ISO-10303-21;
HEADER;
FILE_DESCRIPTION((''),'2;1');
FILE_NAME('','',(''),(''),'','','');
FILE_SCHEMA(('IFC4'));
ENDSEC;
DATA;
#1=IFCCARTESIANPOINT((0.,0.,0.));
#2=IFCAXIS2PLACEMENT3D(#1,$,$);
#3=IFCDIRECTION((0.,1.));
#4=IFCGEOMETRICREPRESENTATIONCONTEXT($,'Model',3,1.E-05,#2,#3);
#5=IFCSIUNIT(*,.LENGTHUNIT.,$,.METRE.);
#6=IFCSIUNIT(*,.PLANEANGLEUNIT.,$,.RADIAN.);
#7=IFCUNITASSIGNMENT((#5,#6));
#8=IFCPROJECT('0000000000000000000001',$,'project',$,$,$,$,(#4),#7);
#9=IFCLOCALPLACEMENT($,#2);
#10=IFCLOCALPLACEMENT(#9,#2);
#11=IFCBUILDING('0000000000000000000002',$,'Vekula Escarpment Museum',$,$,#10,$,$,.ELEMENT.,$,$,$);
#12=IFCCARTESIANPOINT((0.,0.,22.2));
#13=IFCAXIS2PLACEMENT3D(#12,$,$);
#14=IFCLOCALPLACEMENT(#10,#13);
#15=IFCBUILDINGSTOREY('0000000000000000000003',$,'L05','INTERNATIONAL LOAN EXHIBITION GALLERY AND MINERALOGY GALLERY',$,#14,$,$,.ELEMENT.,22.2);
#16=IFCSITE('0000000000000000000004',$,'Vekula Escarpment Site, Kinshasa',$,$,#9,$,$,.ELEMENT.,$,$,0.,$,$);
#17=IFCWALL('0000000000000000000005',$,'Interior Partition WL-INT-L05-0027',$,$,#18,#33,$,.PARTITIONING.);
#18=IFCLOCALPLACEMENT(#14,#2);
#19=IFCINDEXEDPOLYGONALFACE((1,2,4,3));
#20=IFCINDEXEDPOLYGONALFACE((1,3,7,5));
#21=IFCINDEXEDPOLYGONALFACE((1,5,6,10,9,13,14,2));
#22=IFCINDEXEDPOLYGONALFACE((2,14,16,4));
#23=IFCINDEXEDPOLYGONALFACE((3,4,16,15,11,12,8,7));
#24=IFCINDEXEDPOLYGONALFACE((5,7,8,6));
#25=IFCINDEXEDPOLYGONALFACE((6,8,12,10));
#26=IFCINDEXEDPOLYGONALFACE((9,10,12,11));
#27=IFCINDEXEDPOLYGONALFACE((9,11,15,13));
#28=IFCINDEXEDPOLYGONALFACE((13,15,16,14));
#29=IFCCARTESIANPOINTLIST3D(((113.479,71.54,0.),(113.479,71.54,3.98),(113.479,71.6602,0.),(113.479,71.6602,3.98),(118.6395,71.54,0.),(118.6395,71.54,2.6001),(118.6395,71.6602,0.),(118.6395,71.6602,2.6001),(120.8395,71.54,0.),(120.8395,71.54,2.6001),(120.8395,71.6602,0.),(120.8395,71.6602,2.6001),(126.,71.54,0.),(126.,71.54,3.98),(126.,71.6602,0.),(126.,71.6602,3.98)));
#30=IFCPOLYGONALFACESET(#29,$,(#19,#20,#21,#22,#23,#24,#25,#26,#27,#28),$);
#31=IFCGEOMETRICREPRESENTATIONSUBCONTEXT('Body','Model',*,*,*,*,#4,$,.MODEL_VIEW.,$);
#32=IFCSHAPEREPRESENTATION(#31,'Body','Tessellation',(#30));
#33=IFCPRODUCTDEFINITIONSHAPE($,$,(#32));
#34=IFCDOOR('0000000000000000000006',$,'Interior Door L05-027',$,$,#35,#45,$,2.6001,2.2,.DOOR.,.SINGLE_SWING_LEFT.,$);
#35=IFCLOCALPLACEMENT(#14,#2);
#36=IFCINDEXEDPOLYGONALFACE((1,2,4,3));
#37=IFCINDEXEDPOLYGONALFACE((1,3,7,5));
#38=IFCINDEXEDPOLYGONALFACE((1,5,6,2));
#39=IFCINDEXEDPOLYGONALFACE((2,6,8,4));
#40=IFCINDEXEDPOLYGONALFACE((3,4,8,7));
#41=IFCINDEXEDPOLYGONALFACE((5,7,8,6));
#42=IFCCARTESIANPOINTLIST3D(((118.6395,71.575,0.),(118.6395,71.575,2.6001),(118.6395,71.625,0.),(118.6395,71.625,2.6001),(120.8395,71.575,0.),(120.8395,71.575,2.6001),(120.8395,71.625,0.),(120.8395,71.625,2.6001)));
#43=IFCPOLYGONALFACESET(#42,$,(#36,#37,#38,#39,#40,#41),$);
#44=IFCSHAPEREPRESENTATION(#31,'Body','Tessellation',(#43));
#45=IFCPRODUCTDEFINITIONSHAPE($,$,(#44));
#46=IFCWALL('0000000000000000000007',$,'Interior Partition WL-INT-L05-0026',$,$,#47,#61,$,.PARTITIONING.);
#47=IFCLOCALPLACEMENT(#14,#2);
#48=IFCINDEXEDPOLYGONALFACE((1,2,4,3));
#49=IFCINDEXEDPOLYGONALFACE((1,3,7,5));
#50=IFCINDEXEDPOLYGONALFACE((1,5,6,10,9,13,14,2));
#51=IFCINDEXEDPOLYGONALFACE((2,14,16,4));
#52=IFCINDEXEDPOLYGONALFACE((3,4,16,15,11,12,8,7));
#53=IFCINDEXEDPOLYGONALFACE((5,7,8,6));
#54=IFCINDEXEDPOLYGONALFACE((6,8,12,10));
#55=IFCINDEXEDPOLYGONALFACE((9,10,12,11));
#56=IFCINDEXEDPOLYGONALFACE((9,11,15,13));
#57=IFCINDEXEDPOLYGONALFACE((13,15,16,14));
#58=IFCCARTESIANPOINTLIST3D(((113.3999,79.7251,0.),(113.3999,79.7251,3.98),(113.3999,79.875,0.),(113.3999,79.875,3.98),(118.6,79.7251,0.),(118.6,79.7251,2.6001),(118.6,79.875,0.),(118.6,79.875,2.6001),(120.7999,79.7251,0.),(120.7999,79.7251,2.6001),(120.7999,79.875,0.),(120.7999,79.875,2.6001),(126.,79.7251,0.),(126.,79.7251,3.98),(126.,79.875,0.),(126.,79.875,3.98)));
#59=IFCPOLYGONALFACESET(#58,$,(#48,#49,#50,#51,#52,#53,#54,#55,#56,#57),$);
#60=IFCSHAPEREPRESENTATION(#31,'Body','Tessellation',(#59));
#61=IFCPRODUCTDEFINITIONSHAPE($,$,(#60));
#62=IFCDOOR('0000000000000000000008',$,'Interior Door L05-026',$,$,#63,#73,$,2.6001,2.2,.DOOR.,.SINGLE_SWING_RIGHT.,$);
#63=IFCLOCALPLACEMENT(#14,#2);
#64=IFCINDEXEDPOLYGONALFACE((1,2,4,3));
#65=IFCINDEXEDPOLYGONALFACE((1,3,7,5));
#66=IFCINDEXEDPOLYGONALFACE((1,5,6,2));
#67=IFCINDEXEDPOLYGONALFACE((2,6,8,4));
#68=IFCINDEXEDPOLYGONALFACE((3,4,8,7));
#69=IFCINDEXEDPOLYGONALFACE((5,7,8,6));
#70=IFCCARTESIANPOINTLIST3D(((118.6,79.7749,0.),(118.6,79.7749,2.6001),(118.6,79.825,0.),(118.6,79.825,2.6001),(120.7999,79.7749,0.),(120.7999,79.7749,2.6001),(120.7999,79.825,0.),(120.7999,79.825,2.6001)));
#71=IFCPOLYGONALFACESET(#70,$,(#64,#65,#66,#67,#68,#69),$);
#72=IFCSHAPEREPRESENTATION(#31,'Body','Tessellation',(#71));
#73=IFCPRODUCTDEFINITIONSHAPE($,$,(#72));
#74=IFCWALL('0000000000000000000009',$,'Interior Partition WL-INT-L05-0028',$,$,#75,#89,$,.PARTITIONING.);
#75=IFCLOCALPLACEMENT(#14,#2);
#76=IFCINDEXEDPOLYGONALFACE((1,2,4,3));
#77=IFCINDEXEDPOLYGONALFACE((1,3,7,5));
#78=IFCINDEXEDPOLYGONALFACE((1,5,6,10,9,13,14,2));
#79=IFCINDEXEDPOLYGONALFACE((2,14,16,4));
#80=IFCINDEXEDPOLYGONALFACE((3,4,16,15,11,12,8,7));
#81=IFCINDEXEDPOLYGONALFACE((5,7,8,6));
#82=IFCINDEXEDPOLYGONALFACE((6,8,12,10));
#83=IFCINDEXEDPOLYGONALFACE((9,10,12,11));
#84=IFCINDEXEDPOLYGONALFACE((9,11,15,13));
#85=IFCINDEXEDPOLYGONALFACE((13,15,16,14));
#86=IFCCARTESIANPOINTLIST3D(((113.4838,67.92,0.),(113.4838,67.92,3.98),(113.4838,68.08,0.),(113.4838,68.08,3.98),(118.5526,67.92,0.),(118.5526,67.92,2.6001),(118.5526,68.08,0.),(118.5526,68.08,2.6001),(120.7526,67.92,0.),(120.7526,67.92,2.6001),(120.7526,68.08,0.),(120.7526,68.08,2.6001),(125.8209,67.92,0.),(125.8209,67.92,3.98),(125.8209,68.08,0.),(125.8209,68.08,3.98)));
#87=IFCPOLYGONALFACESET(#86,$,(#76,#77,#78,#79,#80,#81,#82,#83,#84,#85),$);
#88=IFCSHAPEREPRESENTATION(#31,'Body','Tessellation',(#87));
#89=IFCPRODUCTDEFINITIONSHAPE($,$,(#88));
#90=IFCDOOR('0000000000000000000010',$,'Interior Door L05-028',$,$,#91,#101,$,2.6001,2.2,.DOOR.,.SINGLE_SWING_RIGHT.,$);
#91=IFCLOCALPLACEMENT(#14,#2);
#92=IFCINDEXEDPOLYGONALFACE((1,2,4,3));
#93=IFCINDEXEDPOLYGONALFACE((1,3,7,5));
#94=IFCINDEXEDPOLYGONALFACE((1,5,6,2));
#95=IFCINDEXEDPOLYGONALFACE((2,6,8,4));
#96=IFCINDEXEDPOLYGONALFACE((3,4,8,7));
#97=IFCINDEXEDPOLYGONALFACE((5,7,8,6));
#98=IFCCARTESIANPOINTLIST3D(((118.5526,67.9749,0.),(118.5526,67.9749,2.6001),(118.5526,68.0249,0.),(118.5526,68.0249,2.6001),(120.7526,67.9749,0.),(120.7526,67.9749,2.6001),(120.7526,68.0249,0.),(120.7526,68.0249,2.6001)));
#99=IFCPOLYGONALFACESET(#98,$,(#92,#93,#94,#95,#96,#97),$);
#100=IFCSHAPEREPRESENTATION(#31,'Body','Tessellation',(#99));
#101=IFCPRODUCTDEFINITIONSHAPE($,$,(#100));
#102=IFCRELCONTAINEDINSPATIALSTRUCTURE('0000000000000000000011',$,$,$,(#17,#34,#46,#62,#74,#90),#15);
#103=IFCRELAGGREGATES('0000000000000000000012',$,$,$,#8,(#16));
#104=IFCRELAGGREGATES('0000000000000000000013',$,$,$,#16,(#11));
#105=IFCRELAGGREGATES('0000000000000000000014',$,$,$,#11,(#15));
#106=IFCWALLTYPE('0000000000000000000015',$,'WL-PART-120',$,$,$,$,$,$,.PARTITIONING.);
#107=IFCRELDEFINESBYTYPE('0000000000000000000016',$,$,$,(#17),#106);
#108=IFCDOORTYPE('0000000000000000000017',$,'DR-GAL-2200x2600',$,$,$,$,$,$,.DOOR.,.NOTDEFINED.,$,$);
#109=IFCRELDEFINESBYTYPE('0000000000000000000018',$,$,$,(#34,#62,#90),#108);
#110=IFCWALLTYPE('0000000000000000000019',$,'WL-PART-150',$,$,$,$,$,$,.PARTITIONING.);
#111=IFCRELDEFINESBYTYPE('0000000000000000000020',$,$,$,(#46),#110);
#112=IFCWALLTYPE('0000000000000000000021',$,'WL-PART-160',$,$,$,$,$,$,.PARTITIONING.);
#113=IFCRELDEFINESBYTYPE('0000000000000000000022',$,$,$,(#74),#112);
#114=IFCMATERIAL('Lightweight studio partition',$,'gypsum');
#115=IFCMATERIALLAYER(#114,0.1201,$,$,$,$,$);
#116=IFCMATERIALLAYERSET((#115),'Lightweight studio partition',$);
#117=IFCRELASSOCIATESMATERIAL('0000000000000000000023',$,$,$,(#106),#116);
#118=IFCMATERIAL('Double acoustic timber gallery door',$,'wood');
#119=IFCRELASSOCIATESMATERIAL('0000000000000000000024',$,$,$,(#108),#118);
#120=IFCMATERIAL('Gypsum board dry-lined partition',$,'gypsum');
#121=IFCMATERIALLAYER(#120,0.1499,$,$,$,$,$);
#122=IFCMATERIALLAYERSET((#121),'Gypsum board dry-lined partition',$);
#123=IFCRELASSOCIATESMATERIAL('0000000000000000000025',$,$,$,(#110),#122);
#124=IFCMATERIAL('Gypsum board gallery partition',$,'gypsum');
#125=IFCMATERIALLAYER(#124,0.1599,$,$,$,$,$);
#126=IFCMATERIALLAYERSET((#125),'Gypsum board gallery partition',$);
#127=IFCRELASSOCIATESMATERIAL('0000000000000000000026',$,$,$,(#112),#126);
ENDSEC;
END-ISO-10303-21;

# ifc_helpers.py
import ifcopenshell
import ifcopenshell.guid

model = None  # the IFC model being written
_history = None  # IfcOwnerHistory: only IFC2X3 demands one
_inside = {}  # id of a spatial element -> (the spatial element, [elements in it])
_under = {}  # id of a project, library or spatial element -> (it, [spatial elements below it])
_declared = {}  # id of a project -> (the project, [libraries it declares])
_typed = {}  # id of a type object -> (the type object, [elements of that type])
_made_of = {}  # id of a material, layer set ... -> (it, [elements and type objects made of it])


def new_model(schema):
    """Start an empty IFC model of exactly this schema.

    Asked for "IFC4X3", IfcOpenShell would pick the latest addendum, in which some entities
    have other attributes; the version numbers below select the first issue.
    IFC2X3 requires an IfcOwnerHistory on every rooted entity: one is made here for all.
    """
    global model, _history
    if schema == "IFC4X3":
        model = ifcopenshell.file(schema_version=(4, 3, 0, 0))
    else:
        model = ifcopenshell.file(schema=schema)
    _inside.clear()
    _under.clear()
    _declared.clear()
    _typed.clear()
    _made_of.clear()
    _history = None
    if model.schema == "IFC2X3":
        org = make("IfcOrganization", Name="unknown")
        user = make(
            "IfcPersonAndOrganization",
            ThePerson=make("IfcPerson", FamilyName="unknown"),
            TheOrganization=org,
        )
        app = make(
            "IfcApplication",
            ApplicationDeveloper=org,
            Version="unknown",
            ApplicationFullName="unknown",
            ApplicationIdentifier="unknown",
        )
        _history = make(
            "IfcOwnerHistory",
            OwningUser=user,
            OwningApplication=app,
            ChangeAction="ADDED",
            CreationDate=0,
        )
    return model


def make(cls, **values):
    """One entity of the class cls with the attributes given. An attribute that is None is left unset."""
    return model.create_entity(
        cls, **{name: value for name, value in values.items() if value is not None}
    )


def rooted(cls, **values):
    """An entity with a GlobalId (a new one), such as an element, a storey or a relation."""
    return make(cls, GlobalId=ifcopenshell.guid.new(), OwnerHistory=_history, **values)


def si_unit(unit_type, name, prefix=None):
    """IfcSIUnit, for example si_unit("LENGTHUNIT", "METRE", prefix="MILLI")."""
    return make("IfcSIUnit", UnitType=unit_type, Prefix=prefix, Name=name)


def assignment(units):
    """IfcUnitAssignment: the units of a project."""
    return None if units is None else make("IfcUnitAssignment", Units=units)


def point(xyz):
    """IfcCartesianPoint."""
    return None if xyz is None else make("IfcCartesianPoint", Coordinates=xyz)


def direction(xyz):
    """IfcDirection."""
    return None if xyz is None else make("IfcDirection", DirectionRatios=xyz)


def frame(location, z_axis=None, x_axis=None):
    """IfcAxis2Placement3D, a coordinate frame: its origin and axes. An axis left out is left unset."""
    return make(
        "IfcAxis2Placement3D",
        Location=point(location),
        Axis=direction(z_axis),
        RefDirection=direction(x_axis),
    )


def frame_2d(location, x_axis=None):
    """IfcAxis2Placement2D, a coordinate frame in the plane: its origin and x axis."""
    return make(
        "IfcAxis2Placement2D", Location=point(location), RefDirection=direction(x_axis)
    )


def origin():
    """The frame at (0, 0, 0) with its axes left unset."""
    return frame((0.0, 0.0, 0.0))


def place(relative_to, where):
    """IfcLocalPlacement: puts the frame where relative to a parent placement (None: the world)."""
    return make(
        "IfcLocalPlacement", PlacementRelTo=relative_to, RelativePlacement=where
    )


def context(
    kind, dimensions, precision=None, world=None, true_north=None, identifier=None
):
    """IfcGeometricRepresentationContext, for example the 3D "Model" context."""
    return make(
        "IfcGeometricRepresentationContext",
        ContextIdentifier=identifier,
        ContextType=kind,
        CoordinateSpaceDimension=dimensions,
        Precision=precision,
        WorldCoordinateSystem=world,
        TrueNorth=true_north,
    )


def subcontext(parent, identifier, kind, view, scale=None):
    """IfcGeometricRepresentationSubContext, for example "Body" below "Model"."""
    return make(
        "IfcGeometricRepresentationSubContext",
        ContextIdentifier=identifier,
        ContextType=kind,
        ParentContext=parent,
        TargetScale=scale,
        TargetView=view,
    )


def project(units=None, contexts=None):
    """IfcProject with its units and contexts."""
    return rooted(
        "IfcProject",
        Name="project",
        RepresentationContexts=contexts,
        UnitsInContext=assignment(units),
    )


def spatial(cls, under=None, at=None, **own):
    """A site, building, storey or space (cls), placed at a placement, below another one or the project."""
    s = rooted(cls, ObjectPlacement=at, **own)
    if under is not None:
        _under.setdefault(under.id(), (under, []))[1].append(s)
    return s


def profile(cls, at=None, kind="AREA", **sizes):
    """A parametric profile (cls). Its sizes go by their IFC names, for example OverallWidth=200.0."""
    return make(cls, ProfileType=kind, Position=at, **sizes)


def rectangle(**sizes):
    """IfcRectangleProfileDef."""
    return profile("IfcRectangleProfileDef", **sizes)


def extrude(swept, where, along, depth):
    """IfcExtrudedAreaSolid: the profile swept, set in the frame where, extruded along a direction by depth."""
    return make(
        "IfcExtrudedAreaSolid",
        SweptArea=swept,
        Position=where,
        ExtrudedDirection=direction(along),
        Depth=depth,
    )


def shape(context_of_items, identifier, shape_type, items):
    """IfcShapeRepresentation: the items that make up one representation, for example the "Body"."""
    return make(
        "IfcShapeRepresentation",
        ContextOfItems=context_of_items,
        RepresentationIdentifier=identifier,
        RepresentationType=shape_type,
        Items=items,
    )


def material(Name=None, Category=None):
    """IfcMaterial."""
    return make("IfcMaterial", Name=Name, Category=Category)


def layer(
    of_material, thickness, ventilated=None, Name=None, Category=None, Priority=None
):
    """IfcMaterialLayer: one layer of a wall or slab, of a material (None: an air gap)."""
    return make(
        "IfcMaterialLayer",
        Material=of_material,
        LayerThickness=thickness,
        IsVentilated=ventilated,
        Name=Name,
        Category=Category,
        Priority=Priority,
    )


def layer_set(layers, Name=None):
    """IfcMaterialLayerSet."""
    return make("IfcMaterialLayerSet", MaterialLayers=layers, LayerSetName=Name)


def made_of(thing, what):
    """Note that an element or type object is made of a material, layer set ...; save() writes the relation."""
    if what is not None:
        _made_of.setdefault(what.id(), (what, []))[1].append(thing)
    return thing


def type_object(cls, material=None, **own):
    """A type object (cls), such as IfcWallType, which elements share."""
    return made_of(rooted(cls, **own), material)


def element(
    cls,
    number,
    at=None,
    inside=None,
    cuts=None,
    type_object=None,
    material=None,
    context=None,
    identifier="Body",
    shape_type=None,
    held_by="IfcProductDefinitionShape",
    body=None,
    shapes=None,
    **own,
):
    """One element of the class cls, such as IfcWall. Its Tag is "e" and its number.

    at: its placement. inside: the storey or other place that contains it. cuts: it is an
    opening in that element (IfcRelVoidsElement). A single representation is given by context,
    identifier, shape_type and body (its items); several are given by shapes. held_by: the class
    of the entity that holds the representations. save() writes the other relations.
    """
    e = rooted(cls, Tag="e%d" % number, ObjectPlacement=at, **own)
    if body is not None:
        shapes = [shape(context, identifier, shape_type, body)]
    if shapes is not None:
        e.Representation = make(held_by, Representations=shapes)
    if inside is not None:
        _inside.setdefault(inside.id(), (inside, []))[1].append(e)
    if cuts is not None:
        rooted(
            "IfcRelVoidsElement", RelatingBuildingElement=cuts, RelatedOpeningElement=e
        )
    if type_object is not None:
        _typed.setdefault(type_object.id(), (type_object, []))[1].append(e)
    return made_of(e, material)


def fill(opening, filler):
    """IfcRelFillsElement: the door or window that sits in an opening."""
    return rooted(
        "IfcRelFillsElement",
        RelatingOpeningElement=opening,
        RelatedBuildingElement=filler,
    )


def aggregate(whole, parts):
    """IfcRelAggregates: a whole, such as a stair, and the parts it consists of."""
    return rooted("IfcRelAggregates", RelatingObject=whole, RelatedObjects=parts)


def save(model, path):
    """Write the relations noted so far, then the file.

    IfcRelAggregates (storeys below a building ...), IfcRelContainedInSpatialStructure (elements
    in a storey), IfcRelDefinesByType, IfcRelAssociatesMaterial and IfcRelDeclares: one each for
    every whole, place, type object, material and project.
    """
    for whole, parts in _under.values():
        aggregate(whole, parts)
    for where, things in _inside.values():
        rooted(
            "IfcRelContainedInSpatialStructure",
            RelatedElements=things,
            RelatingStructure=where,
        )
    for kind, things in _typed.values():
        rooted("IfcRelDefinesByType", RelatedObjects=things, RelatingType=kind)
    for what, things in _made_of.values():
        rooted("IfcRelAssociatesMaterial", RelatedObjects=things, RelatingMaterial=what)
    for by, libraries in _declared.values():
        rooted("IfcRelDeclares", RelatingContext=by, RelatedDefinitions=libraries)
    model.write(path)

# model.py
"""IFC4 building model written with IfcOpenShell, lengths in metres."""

from ifc_helpers import new_model, si_unit, direction, frame, frame_2d, origin, place, context, subcontext, project, spatial, rectangle, extrude, material, layer, layer_set, type_object, element, fill, save


model = new_model("IFC4")

# Units and contexts
model_context = context("Model", 3, precision=1e-05, world=origin(), true_north=direction((0.0, 1.0)))
body_context = subcontext(model_context, "Body", "Model", "MODEL_VIEW")
ifc_project = project(units=[si_unit("LENGTHUNIT", "METRE"), si_unit("PLANEANGLEUNIT", "RADIAN")], contexts=[model_context])

# Site, building, storey
site_placement = place(None, origin())
site = spatial("IfcSite", under=ifc_project, at=site_placement, Name="Vekula Escarpment Site, Kinshasa", CompositionType="ELEMENT", RefElevation=0.0)
building_placement = place(site_placement, origin())
building = spatial("IfcBuilding", under=site, at=building_placement, Name="Vekula Escarpment Museum", CompositionType="ELEMENT")
storey_placement = place(building_placement, frame((0.0, 0.0, 22.2)))
storey = spatial("IfcBuildingStorey", under=building, at=storey_placement, Name="L05", Description="INTERNATIONAL LOAN EXHIBITION GALLERY AND MINERALOGY GALLERY", CompositionType="ELEMENT", Elevation=22.2)

# Walls, openings, doors
ifc_material_1 = material(Name="Lightweight studio partition", Category="gypsum")
ifc_layer_1 = layer(ifc_material_1, 0.1201)
ifc_layer_set_1 = layer_set([ifc_layer_1], Name="Lightweight studio partition")
wall_type_1 = type_object("IfcWallType", Name="WL-PART-120", PredefinedType="PARTITIONING", material=ifc_layer_set_1)
wall_1_placement = place(storey_placement, frame((113.479, 71.6001, 0.0), z_axis=(0.0, 0.0, 1.0), x_axis=(1.0, 0.0, 0.0)))
wall_1 = element("IfcWall", 1, at=wall_1_placement, inside=storey, type_object=wall_type_1, Name="Interior Partition WL-INT-L05-0027", PredefinedType="PARTITIONING", context=body_context, shape_type="SweptSolid", body=[
    extrude(rectangle(XDim=12.521, YDim=0.1201, at=frame_2d((6.2605, 0.0))), origin(), (0.0, 0.0, 1.0), 3.98),
])
opening_1_placement = place(wall_1_placement, frame((5.1604, 0.0, 0.0)))
opening_1 = element("IfcOpeningElement", 2, at=opening_1_placement, cuts=wall_1, PredefinedType="OPENING", context=body_context, shape_type="SweptSolid", body=[
    extrude(rectangle(XDim=2.2, YDim=2.6001, at=frame_2d((1.1001, 1.3))), frame((0.0, 0.0701, 0.0), z_axis=(0.0, -1.0, 0.0), x_axis=(1.0, 0.0, 0.0)), (0.0, 0.0, 1.0), 0.1401),
])
ifc_material_2 = material(Name="Double acoustic timber gallery door", Category="wood")
door_type_1 = type_object("IfcDoorType", Name="DR-GAL-2200x2600", OperationType="NOTDEFINED", PredefinedType="DOOR", material=ifc_material_2)
door_1_placement = place(opening_1_placement, origin())
door_1 = element("IfcDoor", 3, at=door_1_placement, inside=storey, type_object=door_type_1, Name="Interior Door L05-027", OperationType="SINGLE_SWING_LEFT", OverallHeight=2.6001, OverallWidth=2.2, PredefinedType="DOOR", context=body_context, shape_type="SweptSolid", body=[
    extrude(rectangle(XDim=2.2, YDim=2.6001, at=frame_2d((1.1001, 1.3))), frame((0.0, 0.0249, 0.0), z_axis=(0.0, -1.0, 0.0), x_axis=(1.0, 0.0, 0.0)), (0.0, 0.0, 1.0), 0.05),
])
fill(opening_1, door_1)
ifc_material_3 = material(Name="Gypsum board dry-lined partition", Category="gypsum")
ifc_layer_2 = layer(ifc_material_3, 0.1499)
ifc_layer_set_2 = layer_set([ifc_layer_2], Name="Gypsum board dry-lined partition")
wall_type_2 = type_object("IfcWallType", Name="WL-PART-150", PredefinedType="PARTITIONING", material=ifc_layer_set_2)
wall_2_placement = place(storey_placement, frame((113.3999, 79.8, 0.0), z_axis=(0.0, 0.0, 1.0), x_axis=(1.0, 0.0, 0.0)))
wall_2 = element("IfcWall", 4, at=wall_2_placement, inside=storey, type_object=wall_type_2, Name="Interior Partition WL-INT-L05-0026", PredefinedType="PARTITIONING", context=body_context, shape_type="SweptSolid", body=[
    extrude(rectangle(XDim=12.6001, YDim=0.1499, at=frame_2d((6.3, 0.0))), origin(), (0.0, 0.0, 1.0), 3.98),
])
opening_2_placement = place(wall_2_placement, frame((5.2, 0.0, 0.0)))
opening_2 = element("IfcOpeningElement", 5, at=opening_2_placement, cuts=wall_2, PredefinedType="OPENING", context=body_context, shape_type="SweptSolid", body=[
    extrude(rectangle(XDim=2.2, YDim=2.6001, at=frame_2d((1.1001, 1.3))), frame((0.0, 0.085, 0.0), z_axis=(0.0, -1.0, 0.0), x_axis=(1.0, 0.0, 0.0)), (0.0, 0.0, 1.0), 0.1699),
])
door_2_placement = place(opening_2_placement, origin())
door_2 = element("IfcDoor", 6, at=door_2_placement, inside=storey, type_object=door_type_1, Name="Interior Door L05-026", OperationType="SINGLE_SWING_RIGHT", OverallHeight=2.6001, OverallWidth=2.2, PredefinedType="DOOR", context=body_context, shape_type="SweptSolid", body=[
    extrude(rectangle(XDim=2.2, YDim=2.6001, at=frame_2d((1.1001, 1.3))), frame((0.0, 0.0249, 0.0), z_axis=(0.0, -1.0, 0.0), x_axis=(1.0, 0.0, 0.0)), (0.0, 0.0, 1.0), 0.05),
])
fill(opening_2, door_2)
ifc_material_4 = material(Name="Gypsum board gallery partition", Category="gypsum")
ifc_layer_3 = layer(ifc_material_4, 0.1599)
ifc_layer_set_3 = layer_set([ifc_layer_3], Name="Gypsum board gallery partition")
wall_type_3 = type_object("IfcWallType", Name="WL-PART-160", PredefinedType="PARTITIONING", material=ifc_layer_set_3)
wall_3_placement = place(storey_placement, frame((113.4839, 68.0, 0.0), z_axis=(0.0, 0.0, 1.0), x_axis=(1.0, 0.0, 0.0)))
wall_3 = element("IfcWall", 7, at=wall_3_placement, inside=storey, type_object=wall_type_3, Name="Interior Partition WL-INT-L05-0028", PredefinedType="PARTITIONING", context=body_context, shape_type="SweptSolid", body=[
    extrude(rectangle(XDim=12.3372, YDim=0.1599, at=frame_2d((6.1685, 0.0))), origin(), (0.0, 0.0, 1.0), 3.98),
])
opening_3_placement = place(wall_3_placement, frame((5.0686, 0.0, 0.0)))
opening_3 = element("IfcOpeningElement", 8, at=opening_3_placement, cuts=wall_3, PredefinedType="OPENING", context=body_context, shape_type="SweptSolid", body=[
    extrude(rectangle(XDim=2.2, YDim=2.6001, at=frame_2d((1.1001, 1.3))), frame((0.0, 0.0898, 0.0), z_axis=(0.0, -1.0, 0.0), x_axis=(1.0, 0.0, 0.0)), (0.0, 0.0, 1.0), 0.1799),
])
door_3_placement = place(opening_3_placement, origin())
door_3 = element("IfcDoor", 9, at=door_3_placement, inside=storey, type_object=door_type_1, Name="Interior Door L05-028", OperationType="SINGLE_SWING_RIGHT", OverallHeight=2.6001, OverallWidth=2.2, PredefinedType="DOOR", context=body_context, shape_type="SweptSolid", body=[
    extrude(rectangle(XDim=2.2, YDim=2.6001, at=frame_2d((1.1001, 1.3))), frame((0.0, 0.0249, 0.0), z_axis=(0.0, -1.0, 0.0), x_axis=(1.0, 0.0, 0.0)), (0.0, 0.0, 1.0), 0.05),
])
fill(opening_3, door_3)

save(model, "model.ifc")
